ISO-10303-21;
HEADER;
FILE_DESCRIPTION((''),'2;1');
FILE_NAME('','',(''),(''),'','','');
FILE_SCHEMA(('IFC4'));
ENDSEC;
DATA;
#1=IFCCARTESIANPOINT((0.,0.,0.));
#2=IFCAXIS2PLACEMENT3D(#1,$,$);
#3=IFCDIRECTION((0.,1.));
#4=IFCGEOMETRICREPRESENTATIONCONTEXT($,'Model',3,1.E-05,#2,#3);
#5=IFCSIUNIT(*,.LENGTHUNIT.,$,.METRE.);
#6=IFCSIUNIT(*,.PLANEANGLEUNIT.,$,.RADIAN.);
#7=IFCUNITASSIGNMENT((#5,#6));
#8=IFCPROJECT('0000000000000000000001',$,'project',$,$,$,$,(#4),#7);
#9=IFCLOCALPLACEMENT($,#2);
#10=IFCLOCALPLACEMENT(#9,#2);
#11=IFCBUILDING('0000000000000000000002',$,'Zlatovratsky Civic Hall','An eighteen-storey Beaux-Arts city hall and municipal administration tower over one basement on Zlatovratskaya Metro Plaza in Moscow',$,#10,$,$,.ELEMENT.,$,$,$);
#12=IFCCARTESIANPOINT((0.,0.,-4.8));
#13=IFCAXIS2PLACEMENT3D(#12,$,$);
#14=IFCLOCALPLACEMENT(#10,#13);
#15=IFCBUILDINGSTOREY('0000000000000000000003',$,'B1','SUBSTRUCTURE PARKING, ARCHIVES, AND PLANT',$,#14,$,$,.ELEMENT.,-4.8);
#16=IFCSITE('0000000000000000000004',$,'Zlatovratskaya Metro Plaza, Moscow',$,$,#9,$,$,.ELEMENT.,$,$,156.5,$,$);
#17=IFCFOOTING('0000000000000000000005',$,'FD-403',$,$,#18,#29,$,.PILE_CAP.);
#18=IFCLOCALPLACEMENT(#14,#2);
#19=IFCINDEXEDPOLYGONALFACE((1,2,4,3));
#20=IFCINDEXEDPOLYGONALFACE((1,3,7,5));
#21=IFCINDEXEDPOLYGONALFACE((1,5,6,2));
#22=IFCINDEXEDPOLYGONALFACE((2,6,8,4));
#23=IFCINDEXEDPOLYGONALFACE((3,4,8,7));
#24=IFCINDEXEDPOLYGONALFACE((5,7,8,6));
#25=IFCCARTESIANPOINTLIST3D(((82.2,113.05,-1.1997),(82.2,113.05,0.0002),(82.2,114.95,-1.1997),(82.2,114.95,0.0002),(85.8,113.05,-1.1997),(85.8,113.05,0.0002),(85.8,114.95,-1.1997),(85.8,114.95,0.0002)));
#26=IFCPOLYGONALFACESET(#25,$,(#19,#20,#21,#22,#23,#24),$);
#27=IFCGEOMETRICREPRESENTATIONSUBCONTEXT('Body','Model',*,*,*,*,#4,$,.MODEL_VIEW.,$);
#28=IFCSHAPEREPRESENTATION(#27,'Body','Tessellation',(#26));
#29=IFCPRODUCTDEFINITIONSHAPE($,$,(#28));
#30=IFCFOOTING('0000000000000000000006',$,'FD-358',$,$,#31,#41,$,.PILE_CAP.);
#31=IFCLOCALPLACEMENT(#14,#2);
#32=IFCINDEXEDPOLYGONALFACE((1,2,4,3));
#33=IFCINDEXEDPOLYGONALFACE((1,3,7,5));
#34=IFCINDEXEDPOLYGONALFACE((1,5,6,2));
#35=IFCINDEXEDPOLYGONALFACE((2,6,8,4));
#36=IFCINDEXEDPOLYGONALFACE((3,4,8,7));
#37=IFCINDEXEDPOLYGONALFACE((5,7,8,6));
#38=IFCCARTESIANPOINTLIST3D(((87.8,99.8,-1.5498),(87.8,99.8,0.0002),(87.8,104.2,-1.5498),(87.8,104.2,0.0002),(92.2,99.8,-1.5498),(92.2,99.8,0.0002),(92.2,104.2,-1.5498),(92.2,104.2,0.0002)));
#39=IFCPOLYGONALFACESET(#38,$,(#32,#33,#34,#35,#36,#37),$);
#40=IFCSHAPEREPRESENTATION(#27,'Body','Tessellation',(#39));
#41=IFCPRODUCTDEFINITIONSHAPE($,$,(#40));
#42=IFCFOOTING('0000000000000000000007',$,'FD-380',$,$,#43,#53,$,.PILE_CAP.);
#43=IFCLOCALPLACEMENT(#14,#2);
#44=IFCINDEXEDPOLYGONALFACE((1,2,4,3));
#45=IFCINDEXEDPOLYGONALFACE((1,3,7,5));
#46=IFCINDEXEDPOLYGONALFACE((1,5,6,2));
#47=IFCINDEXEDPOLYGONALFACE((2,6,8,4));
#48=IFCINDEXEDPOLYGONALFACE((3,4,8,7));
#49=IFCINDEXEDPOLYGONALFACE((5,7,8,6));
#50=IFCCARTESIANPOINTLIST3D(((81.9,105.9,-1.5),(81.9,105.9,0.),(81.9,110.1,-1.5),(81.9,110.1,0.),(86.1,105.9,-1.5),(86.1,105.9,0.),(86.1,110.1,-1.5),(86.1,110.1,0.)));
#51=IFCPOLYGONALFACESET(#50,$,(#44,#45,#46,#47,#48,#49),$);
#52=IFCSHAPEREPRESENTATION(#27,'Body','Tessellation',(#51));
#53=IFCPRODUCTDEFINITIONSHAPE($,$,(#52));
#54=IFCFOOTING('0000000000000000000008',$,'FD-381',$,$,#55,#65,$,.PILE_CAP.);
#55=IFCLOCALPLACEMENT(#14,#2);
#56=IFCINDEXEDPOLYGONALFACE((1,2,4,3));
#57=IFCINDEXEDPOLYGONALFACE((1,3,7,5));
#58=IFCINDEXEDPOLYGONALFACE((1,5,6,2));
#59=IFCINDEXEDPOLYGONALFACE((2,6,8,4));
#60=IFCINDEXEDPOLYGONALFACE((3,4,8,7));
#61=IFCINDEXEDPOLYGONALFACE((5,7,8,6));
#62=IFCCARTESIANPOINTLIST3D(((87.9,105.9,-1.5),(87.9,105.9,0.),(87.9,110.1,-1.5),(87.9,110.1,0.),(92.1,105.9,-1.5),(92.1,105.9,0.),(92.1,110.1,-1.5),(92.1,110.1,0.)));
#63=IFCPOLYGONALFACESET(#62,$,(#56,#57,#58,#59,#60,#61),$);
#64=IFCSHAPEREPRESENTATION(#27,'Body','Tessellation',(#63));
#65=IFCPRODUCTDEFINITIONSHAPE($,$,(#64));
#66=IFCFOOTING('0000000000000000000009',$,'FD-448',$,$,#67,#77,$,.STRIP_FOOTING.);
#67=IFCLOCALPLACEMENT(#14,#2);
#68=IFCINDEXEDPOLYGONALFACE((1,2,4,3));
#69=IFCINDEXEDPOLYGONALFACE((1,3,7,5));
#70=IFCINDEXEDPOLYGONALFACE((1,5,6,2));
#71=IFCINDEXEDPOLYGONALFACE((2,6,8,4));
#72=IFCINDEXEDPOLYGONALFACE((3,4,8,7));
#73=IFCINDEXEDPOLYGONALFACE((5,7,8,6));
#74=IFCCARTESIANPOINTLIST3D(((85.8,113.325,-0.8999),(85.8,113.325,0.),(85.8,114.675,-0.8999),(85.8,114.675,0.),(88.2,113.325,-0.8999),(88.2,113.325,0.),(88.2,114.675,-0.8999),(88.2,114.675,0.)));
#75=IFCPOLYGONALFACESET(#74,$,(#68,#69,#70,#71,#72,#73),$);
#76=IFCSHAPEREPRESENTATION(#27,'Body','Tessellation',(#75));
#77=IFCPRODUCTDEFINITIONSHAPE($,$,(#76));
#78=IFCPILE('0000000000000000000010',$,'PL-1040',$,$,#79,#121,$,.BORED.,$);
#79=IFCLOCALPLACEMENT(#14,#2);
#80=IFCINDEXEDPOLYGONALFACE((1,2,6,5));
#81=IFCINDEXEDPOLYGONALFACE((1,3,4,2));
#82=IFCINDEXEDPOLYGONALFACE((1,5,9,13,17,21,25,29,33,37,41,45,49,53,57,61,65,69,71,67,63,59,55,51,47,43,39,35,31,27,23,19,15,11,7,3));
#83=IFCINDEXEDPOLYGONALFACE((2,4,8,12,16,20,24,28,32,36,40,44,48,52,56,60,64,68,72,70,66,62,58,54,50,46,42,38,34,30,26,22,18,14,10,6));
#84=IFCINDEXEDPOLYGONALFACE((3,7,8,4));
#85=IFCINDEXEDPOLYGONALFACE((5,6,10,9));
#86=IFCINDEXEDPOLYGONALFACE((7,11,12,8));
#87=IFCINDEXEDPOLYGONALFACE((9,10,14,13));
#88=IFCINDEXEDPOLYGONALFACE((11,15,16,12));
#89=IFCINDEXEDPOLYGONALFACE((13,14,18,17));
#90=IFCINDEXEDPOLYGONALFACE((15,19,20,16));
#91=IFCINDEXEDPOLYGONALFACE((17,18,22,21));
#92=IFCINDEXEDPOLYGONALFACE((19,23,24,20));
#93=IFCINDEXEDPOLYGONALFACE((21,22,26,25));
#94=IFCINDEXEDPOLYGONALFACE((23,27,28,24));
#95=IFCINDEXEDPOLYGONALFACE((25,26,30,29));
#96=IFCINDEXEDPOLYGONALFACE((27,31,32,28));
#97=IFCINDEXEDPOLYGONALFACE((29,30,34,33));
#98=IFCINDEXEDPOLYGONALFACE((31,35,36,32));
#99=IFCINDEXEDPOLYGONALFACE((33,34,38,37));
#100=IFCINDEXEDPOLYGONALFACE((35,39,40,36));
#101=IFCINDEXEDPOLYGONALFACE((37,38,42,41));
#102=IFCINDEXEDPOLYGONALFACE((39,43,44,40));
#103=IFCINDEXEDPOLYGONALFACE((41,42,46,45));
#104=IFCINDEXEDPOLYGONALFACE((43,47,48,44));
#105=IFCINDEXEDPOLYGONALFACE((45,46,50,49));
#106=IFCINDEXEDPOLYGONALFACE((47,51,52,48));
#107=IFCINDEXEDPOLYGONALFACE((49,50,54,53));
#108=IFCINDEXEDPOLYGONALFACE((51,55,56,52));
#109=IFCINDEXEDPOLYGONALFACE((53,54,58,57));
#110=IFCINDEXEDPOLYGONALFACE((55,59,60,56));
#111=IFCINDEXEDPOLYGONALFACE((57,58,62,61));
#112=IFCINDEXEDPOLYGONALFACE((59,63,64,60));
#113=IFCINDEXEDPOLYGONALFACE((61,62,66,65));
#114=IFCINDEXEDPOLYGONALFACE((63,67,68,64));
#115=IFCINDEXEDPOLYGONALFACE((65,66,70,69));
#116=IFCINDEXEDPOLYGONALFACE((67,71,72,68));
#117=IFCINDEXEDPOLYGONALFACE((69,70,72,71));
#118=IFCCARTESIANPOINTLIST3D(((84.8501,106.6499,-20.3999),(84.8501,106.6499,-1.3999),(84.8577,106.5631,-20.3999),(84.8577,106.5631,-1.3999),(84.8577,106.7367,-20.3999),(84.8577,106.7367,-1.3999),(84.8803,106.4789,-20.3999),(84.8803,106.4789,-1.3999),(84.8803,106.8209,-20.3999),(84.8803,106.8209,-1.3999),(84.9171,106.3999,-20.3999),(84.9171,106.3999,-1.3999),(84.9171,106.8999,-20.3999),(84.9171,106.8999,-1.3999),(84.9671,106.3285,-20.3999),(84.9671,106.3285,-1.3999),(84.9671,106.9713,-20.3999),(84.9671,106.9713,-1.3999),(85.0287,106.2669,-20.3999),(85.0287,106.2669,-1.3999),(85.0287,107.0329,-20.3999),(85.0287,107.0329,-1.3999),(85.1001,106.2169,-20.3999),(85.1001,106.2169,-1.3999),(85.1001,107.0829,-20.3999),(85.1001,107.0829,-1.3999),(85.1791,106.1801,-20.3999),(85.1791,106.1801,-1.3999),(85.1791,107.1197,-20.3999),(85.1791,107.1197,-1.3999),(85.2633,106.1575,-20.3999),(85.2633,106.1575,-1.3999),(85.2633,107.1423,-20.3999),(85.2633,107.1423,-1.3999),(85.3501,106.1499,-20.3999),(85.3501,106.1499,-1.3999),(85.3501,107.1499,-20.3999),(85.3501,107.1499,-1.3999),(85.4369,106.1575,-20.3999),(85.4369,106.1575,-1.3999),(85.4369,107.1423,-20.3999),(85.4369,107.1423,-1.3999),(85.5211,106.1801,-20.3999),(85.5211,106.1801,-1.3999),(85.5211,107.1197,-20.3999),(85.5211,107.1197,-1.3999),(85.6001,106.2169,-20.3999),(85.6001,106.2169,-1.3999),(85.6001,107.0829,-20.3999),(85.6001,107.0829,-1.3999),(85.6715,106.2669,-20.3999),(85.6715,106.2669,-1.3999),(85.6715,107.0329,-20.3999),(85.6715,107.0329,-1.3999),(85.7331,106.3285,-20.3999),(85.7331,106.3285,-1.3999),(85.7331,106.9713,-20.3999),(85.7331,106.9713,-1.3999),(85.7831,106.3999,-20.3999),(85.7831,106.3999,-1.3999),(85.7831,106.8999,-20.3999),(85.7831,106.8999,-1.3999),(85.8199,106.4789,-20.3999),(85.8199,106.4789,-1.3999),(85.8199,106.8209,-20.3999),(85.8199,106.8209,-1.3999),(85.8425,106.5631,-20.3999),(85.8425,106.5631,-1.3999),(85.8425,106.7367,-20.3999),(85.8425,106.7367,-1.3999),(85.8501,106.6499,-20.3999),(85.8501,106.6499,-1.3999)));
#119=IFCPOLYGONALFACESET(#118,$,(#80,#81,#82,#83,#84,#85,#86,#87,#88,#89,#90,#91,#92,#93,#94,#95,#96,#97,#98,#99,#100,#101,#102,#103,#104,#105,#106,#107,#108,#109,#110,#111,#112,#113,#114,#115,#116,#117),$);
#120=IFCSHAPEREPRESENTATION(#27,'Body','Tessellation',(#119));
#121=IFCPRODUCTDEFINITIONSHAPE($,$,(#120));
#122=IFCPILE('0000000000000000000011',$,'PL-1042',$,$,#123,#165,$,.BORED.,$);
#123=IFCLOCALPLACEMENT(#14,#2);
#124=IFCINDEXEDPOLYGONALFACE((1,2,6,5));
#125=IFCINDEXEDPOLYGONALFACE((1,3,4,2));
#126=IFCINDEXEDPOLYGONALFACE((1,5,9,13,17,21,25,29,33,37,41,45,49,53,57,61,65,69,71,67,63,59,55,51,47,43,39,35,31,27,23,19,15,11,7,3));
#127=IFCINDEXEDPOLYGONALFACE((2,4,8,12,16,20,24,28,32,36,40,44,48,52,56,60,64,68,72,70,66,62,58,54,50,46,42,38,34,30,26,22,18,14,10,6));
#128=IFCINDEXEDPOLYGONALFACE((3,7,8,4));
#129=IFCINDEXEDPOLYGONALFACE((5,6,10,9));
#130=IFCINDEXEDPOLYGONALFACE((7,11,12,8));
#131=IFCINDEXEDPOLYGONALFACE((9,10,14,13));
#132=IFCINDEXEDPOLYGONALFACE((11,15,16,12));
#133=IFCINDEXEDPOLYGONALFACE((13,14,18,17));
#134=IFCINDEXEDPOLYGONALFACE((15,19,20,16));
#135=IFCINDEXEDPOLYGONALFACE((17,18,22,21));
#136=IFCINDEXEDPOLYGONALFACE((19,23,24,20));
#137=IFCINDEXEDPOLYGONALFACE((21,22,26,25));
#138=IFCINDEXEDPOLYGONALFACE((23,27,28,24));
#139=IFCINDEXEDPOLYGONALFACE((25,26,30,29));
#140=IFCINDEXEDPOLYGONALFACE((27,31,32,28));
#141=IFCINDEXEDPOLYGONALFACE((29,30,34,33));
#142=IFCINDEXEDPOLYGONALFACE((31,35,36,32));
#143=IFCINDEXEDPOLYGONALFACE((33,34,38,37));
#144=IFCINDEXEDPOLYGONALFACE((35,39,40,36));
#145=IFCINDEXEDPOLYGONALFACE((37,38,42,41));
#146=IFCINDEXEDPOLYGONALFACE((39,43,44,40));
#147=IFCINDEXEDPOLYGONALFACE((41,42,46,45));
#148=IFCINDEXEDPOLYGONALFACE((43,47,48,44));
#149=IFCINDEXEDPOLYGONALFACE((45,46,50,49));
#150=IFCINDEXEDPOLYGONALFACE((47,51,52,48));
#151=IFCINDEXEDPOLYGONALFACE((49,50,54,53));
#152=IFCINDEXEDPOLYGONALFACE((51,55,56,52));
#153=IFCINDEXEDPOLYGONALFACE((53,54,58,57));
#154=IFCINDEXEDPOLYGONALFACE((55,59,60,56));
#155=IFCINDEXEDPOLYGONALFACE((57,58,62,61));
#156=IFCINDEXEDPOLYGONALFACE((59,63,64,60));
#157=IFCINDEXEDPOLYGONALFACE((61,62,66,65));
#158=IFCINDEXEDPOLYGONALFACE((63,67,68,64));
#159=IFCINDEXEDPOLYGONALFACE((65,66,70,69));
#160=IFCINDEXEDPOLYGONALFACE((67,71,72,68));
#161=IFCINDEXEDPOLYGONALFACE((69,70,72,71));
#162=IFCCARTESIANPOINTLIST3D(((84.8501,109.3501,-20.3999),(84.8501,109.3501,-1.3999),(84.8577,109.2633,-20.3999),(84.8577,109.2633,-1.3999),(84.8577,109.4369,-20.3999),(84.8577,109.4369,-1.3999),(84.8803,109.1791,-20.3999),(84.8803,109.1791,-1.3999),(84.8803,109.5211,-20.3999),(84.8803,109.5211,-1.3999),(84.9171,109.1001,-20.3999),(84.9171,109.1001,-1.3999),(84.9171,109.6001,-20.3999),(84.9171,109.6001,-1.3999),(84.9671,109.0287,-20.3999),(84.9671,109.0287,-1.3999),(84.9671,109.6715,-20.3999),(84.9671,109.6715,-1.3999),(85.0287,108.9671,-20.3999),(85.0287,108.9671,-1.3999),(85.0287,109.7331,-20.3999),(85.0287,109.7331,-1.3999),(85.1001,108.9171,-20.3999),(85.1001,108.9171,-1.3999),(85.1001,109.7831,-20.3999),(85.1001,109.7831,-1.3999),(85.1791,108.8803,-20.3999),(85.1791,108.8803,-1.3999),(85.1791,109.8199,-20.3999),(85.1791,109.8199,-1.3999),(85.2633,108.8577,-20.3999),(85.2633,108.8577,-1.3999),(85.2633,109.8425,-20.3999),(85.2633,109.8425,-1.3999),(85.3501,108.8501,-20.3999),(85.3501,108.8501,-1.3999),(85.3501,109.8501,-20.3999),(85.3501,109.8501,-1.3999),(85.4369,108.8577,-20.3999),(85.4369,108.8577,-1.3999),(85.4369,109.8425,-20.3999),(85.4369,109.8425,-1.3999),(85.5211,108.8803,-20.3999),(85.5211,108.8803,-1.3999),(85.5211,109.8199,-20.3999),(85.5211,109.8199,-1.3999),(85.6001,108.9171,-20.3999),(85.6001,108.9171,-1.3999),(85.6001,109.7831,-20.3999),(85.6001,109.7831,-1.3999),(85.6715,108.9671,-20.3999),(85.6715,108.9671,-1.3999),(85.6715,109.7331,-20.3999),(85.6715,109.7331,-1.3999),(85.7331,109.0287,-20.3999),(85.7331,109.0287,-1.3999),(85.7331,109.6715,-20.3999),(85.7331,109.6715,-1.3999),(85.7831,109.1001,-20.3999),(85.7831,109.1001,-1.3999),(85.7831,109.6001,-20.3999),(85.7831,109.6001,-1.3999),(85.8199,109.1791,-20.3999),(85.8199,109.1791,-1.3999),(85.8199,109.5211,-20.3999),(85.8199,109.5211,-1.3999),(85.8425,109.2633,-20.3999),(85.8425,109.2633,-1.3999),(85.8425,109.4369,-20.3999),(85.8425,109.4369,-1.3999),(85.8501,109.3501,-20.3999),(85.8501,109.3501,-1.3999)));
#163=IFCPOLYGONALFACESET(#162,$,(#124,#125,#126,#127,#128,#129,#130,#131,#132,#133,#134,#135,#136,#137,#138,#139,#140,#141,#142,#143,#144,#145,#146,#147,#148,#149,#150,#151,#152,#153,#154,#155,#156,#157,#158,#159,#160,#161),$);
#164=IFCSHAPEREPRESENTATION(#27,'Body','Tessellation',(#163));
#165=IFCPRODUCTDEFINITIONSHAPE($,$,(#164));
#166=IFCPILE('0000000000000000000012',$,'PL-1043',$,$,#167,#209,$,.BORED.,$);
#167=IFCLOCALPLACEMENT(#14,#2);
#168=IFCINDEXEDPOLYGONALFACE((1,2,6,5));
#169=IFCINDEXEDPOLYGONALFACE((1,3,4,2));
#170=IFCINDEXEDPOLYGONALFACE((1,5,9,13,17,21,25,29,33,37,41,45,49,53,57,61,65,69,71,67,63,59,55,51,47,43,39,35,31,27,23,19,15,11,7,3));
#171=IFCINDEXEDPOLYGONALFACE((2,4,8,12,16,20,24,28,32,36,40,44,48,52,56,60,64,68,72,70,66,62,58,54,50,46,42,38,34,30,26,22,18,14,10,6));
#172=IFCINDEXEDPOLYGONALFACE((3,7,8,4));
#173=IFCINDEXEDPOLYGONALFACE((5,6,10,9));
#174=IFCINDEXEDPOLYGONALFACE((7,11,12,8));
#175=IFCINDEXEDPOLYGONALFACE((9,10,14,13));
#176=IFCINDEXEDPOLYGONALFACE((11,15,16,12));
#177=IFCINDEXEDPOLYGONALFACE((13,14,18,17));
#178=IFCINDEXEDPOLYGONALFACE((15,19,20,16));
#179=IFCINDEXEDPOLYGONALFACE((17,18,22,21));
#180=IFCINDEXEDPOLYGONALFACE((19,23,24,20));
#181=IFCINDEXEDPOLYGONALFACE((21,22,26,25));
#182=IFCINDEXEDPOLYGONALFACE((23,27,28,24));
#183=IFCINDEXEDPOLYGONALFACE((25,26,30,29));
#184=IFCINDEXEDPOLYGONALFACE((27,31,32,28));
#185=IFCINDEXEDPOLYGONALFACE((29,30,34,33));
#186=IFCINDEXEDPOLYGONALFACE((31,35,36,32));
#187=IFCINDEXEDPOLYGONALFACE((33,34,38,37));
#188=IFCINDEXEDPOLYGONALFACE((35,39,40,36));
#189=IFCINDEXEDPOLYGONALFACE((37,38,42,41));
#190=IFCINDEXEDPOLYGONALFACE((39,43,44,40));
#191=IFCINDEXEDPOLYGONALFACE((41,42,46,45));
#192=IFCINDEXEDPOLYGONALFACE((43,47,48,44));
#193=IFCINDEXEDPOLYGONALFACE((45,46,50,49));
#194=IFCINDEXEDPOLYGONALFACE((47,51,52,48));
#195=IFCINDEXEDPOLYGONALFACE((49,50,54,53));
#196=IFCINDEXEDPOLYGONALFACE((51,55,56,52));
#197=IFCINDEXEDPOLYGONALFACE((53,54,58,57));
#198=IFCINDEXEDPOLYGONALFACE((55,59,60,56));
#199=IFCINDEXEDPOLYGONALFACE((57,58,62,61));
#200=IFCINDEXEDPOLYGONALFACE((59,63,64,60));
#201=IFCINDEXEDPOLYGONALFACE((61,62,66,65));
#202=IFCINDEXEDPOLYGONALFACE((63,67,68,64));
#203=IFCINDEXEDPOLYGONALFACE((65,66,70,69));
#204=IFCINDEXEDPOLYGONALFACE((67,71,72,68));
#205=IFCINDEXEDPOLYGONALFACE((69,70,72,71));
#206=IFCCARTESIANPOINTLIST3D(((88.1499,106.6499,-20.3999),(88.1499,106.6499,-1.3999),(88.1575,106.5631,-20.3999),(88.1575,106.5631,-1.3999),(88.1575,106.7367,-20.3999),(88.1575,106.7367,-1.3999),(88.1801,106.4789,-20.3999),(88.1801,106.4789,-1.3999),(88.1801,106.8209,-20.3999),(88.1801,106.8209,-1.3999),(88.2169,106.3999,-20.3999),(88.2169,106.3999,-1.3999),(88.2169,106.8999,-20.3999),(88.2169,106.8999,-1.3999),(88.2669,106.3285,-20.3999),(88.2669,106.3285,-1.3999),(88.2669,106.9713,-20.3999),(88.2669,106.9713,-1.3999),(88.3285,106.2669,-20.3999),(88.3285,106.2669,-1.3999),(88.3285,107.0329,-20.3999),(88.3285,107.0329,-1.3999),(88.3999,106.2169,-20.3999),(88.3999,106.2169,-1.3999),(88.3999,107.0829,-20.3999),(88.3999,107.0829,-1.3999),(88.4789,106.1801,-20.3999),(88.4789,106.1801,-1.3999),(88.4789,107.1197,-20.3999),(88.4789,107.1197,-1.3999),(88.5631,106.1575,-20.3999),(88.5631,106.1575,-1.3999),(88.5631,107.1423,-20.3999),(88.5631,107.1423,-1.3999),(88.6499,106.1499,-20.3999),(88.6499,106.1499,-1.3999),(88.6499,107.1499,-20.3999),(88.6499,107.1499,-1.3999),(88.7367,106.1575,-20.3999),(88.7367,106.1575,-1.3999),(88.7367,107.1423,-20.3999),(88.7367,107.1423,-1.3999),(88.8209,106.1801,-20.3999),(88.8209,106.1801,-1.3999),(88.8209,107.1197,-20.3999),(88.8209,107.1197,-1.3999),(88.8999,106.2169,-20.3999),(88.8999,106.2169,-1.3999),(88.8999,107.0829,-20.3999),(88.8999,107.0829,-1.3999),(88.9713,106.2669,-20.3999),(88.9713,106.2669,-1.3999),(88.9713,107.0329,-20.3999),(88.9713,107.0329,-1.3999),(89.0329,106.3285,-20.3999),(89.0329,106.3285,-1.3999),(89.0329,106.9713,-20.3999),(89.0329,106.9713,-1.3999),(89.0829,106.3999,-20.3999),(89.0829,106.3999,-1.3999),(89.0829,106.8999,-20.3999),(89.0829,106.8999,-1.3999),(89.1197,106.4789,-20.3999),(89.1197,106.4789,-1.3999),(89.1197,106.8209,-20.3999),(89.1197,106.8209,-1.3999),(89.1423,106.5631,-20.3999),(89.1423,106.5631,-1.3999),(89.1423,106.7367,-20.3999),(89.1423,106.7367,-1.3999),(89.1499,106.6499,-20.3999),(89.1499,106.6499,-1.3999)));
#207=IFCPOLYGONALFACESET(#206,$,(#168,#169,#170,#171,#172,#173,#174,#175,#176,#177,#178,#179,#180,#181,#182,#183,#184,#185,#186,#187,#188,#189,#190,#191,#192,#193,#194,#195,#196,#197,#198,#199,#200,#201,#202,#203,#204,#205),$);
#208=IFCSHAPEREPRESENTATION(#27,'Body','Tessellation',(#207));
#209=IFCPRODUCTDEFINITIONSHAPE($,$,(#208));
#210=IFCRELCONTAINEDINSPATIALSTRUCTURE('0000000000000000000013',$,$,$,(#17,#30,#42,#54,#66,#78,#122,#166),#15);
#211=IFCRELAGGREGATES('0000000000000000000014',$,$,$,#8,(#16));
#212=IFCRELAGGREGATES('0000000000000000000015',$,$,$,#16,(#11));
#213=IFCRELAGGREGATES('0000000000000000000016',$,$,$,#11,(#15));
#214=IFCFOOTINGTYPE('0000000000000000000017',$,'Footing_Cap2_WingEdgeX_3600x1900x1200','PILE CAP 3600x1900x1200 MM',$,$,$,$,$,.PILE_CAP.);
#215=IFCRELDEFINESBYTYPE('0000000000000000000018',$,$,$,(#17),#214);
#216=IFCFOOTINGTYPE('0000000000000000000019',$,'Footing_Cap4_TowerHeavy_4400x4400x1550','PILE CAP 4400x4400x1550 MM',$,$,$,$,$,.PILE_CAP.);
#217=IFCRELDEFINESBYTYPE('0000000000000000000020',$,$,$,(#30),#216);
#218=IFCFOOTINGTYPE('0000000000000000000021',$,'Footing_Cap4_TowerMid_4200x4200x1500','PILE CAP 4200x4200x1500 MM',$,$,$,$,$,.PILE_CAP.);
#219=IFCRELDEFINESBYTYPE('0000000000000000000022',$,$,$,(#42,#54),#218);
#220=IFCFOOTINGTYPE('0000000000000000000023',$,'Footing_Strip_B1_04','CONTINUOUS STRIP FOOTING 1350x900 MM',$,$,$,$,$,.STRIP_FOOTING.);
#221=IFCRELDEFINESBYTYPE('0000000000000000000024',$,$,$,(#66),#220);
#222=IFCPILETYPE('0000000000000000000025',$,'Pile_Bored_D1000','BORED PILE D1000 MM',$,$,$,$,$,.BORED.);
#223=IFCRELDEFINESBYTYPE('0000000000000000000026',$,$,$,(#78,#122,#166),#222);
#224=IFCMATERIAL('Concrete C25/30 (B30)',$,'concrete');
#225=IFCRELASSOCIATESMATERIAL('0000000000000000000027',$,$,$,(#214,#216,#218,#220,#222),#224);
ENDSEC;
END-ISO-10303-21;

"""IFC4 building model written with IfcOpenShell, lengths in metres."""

from ifc_helpers import new_model, si_unit, direction, frame, origin, origin_2d, place, context, subcontext, project, spatial, rectangle, circle, extrude, material, material_profile, profile_set, type_object, element, save


model = new_model("IFC4")

# Units and contexts
model_context = context("Model", 3, precision=1e-05, world=origin(), true_north=direction((0.0, 1.0)))
body_context = subcontext(model_context, "Body", "Model", "MODEL_VIEW")
ifc_project = project(units=[si_unit("LENGTHUNIT", "METRE"), si_unit("PLANEANGLEUNIT", "RADIAN")], contexts=[model_context])

# Site, building, storey
site_placement = place(None, origin())
site = spatial("IfcSite", under=ifc_project, at=site_placement, Name="Zlatovratskaya Metro Plaza, Moscow", CompositionType="ELEMENT", RefElevation=156.5)
building_placement = place(site_placement, origin())
building = spatial("IfcBuilding", under=site, at=building_placement, Name="Zlatovratsky Civic Hall", Description="An eighteen-storey Beaux-Arts city hall and municipal administration tower over one basement on Zlatovratskaya Metro Plaza in Moscow", CompositionType="ELEMENT")
storey_placement = place(building_placement, frame((0.0, 0.0, -4.8)))
storey = spatial("IfcBuildingStorey", under=building, at=storey_placement, Name="B1", Description="SUBSTRUCTURE PARKING, ARCHIVES, AND PLANT", CompositionType="ELEMENT", Elevation=-4.8)

# Footings
ifc_material_1 = material(Name="Concrete C25/30 (B30)", Category="concrete")
footing_type_1 = type_object("IfcFootingType", Name="Footing_Cap2_WingEdgeX_3600x1900x1200", Description="PILE CAP 3600x1900x1200 MM", PredefinedType="PILE_CAP", material=ifc_material_1)
footing_1_placement = place(storey_placement, frame((84.0, 114.0, -1.1997), z_axis=(0.0, 0.0, 1.0), x_axis=(1.0, 0.0, 0.0)))
element("IfcFooting", 1, at=footing_1_placement, inside=storey, type_object=footing_type_1, Name="FD-403", PredefinedType="PILE_CAP", context=body_context, shape_type="SweptSolid", body=[
    extrude(rectangle(XDim=3.6001, YDim=1.8999, at=origin_2d()), origin(), (0.0, 0.0, 1.0), 1.2),
])
footing_type_2 = type_object("IfcFootingType", Name="Footing_Cap4_TowerHeavy_4400x4400x1550", Description="PILE CAP 4400x4400x1550 MM", PredefinedType="PILE_CAP", material=ifc_material_1)
footing_2_placement = place(storey_placement, frame((90.0, 102.0, -1.5498), z_axis=(0.0, 0.0, 1.0), x_axis=(1.0, 0.0, 0.0)))
element("IfcFooting", 2, at=footing_2_placement, inside=storey, type_object=footing_type_2, Name="FD-358", PredefinedType="PILE_CAP", context=body_context, shape_type="SweptSolid", body=[
    extrude(rectangle(XDim=4.3999, YDim=4.3999, at=origin_2d()), origin(), (0.0, 0.0, 1.0), 1.55),
])
footing_type_3 = type_object("IfcFootingType", Name="Footing_Cap4_TowerMid_4200x4200x1500", Description="PILE CAP 4200x4200x1500 MM", PredefinedType="PILE_CAP", material=ifc_material_1)
for number, where, z_axis, x_axis, name in (
    (3, (84.0, 108.0, -1.5), (0.0, 0.0, 1.0), (1.0, 0.0, 0.0), "FD-380"),
    (4, (90.0, 108.0, -1.5), (0.0, 0.0, 1.0), (1.0, 0.0, 0.0), "FD-381"),
):
    element("IfcFooting", number, at=place(storey_placement, frame(where, z_axis=z_axis, x_axis=x_axis)), inside=storey, type_object=footing_type_3, Name=name, PredefinedType="PILE_CAP", context=body_context, shape_type="SweptSolid", body=[
        extrude(rectangle(XDim=4.2, YDim=4.2, at=origin_2d()), origin(), (0.0, 0.0, 1.0), 1.5),
    ])
footing_type_4 = type_object("IfcFootingType", Name="Footing_Strip_B1_04", Description="CONTINUOUS STRIP FOOTING 1350x900 MM", PredefinedType="STRIP_FOOTING", material=ifc_material_1)
footing_3_placement = place(storey_placement, frame((87.0, 114.0, -0.8999), z_axis=(0.0, 0.0, 1.0), x_axis=(1.0, 0.0, 0.0)))
element("IfcFooting", 5, at=footing_3_placement, inside=storey, type_object=footing_type_4, Name="FD-448", PredefinedType="STRIP_FOOTING", context=body_context, shape_type="SweptSolid", body=[
    extrude(rectangle(XDim=2.3999, YDim=1.3501, at=origin_2d()), origin(), (0.0, 0.0, 1.0), 0.8999),
])

# Piles
ifc_material_profile_1 = material_profile(ifc_material_1, circle(Radius=0.5, at=origin_2d()), Name="PILE D1000")
ifc_profile_set_1 = profile_set([ifc_material_profile_1], Name="Concrete C25/30 (B30)")
pile_type_1 = type_object("IfcPileType", Name="Pile_Bored_D1000", Description="BORED PILE D1000 MM", PredefinedType="BORED", material=ifc_profile_set_1)
for number, where, z_axis, x_axis, name in (
    (6, (85.3501, 106.6499, -1.3999), (0.0, 0.0, -1.0), (1.0, 0.0, 0.0), "PL-1040"),
    (7, (85.3501, 109.3501, -1.3999), (0.0, 0.0, -1.0), (1.0, 0.0, 0.0), "PL-1042"),
    (8, (88.6499, 106.6499, -1.3999), (0.0, 0.0, -1.0), (1.0, 0.0, 0.0), "PL-1043"),
):
    element("IfcPile", number, at=place(storey_placement, frame(where, z_axis=z_axis, x_axis=x_axis)), inside=storey, type_object=pile_type_1, Name=name, PredefinedType="BORED", context=body_context, shape_type="SweptSolid", body=[
        extrude(circle(Radius=0.5, at=origin_2d()), origin(), (0.0, 0.0, 1.0), 19.0),
    ])

save(model, "model.ifc")
